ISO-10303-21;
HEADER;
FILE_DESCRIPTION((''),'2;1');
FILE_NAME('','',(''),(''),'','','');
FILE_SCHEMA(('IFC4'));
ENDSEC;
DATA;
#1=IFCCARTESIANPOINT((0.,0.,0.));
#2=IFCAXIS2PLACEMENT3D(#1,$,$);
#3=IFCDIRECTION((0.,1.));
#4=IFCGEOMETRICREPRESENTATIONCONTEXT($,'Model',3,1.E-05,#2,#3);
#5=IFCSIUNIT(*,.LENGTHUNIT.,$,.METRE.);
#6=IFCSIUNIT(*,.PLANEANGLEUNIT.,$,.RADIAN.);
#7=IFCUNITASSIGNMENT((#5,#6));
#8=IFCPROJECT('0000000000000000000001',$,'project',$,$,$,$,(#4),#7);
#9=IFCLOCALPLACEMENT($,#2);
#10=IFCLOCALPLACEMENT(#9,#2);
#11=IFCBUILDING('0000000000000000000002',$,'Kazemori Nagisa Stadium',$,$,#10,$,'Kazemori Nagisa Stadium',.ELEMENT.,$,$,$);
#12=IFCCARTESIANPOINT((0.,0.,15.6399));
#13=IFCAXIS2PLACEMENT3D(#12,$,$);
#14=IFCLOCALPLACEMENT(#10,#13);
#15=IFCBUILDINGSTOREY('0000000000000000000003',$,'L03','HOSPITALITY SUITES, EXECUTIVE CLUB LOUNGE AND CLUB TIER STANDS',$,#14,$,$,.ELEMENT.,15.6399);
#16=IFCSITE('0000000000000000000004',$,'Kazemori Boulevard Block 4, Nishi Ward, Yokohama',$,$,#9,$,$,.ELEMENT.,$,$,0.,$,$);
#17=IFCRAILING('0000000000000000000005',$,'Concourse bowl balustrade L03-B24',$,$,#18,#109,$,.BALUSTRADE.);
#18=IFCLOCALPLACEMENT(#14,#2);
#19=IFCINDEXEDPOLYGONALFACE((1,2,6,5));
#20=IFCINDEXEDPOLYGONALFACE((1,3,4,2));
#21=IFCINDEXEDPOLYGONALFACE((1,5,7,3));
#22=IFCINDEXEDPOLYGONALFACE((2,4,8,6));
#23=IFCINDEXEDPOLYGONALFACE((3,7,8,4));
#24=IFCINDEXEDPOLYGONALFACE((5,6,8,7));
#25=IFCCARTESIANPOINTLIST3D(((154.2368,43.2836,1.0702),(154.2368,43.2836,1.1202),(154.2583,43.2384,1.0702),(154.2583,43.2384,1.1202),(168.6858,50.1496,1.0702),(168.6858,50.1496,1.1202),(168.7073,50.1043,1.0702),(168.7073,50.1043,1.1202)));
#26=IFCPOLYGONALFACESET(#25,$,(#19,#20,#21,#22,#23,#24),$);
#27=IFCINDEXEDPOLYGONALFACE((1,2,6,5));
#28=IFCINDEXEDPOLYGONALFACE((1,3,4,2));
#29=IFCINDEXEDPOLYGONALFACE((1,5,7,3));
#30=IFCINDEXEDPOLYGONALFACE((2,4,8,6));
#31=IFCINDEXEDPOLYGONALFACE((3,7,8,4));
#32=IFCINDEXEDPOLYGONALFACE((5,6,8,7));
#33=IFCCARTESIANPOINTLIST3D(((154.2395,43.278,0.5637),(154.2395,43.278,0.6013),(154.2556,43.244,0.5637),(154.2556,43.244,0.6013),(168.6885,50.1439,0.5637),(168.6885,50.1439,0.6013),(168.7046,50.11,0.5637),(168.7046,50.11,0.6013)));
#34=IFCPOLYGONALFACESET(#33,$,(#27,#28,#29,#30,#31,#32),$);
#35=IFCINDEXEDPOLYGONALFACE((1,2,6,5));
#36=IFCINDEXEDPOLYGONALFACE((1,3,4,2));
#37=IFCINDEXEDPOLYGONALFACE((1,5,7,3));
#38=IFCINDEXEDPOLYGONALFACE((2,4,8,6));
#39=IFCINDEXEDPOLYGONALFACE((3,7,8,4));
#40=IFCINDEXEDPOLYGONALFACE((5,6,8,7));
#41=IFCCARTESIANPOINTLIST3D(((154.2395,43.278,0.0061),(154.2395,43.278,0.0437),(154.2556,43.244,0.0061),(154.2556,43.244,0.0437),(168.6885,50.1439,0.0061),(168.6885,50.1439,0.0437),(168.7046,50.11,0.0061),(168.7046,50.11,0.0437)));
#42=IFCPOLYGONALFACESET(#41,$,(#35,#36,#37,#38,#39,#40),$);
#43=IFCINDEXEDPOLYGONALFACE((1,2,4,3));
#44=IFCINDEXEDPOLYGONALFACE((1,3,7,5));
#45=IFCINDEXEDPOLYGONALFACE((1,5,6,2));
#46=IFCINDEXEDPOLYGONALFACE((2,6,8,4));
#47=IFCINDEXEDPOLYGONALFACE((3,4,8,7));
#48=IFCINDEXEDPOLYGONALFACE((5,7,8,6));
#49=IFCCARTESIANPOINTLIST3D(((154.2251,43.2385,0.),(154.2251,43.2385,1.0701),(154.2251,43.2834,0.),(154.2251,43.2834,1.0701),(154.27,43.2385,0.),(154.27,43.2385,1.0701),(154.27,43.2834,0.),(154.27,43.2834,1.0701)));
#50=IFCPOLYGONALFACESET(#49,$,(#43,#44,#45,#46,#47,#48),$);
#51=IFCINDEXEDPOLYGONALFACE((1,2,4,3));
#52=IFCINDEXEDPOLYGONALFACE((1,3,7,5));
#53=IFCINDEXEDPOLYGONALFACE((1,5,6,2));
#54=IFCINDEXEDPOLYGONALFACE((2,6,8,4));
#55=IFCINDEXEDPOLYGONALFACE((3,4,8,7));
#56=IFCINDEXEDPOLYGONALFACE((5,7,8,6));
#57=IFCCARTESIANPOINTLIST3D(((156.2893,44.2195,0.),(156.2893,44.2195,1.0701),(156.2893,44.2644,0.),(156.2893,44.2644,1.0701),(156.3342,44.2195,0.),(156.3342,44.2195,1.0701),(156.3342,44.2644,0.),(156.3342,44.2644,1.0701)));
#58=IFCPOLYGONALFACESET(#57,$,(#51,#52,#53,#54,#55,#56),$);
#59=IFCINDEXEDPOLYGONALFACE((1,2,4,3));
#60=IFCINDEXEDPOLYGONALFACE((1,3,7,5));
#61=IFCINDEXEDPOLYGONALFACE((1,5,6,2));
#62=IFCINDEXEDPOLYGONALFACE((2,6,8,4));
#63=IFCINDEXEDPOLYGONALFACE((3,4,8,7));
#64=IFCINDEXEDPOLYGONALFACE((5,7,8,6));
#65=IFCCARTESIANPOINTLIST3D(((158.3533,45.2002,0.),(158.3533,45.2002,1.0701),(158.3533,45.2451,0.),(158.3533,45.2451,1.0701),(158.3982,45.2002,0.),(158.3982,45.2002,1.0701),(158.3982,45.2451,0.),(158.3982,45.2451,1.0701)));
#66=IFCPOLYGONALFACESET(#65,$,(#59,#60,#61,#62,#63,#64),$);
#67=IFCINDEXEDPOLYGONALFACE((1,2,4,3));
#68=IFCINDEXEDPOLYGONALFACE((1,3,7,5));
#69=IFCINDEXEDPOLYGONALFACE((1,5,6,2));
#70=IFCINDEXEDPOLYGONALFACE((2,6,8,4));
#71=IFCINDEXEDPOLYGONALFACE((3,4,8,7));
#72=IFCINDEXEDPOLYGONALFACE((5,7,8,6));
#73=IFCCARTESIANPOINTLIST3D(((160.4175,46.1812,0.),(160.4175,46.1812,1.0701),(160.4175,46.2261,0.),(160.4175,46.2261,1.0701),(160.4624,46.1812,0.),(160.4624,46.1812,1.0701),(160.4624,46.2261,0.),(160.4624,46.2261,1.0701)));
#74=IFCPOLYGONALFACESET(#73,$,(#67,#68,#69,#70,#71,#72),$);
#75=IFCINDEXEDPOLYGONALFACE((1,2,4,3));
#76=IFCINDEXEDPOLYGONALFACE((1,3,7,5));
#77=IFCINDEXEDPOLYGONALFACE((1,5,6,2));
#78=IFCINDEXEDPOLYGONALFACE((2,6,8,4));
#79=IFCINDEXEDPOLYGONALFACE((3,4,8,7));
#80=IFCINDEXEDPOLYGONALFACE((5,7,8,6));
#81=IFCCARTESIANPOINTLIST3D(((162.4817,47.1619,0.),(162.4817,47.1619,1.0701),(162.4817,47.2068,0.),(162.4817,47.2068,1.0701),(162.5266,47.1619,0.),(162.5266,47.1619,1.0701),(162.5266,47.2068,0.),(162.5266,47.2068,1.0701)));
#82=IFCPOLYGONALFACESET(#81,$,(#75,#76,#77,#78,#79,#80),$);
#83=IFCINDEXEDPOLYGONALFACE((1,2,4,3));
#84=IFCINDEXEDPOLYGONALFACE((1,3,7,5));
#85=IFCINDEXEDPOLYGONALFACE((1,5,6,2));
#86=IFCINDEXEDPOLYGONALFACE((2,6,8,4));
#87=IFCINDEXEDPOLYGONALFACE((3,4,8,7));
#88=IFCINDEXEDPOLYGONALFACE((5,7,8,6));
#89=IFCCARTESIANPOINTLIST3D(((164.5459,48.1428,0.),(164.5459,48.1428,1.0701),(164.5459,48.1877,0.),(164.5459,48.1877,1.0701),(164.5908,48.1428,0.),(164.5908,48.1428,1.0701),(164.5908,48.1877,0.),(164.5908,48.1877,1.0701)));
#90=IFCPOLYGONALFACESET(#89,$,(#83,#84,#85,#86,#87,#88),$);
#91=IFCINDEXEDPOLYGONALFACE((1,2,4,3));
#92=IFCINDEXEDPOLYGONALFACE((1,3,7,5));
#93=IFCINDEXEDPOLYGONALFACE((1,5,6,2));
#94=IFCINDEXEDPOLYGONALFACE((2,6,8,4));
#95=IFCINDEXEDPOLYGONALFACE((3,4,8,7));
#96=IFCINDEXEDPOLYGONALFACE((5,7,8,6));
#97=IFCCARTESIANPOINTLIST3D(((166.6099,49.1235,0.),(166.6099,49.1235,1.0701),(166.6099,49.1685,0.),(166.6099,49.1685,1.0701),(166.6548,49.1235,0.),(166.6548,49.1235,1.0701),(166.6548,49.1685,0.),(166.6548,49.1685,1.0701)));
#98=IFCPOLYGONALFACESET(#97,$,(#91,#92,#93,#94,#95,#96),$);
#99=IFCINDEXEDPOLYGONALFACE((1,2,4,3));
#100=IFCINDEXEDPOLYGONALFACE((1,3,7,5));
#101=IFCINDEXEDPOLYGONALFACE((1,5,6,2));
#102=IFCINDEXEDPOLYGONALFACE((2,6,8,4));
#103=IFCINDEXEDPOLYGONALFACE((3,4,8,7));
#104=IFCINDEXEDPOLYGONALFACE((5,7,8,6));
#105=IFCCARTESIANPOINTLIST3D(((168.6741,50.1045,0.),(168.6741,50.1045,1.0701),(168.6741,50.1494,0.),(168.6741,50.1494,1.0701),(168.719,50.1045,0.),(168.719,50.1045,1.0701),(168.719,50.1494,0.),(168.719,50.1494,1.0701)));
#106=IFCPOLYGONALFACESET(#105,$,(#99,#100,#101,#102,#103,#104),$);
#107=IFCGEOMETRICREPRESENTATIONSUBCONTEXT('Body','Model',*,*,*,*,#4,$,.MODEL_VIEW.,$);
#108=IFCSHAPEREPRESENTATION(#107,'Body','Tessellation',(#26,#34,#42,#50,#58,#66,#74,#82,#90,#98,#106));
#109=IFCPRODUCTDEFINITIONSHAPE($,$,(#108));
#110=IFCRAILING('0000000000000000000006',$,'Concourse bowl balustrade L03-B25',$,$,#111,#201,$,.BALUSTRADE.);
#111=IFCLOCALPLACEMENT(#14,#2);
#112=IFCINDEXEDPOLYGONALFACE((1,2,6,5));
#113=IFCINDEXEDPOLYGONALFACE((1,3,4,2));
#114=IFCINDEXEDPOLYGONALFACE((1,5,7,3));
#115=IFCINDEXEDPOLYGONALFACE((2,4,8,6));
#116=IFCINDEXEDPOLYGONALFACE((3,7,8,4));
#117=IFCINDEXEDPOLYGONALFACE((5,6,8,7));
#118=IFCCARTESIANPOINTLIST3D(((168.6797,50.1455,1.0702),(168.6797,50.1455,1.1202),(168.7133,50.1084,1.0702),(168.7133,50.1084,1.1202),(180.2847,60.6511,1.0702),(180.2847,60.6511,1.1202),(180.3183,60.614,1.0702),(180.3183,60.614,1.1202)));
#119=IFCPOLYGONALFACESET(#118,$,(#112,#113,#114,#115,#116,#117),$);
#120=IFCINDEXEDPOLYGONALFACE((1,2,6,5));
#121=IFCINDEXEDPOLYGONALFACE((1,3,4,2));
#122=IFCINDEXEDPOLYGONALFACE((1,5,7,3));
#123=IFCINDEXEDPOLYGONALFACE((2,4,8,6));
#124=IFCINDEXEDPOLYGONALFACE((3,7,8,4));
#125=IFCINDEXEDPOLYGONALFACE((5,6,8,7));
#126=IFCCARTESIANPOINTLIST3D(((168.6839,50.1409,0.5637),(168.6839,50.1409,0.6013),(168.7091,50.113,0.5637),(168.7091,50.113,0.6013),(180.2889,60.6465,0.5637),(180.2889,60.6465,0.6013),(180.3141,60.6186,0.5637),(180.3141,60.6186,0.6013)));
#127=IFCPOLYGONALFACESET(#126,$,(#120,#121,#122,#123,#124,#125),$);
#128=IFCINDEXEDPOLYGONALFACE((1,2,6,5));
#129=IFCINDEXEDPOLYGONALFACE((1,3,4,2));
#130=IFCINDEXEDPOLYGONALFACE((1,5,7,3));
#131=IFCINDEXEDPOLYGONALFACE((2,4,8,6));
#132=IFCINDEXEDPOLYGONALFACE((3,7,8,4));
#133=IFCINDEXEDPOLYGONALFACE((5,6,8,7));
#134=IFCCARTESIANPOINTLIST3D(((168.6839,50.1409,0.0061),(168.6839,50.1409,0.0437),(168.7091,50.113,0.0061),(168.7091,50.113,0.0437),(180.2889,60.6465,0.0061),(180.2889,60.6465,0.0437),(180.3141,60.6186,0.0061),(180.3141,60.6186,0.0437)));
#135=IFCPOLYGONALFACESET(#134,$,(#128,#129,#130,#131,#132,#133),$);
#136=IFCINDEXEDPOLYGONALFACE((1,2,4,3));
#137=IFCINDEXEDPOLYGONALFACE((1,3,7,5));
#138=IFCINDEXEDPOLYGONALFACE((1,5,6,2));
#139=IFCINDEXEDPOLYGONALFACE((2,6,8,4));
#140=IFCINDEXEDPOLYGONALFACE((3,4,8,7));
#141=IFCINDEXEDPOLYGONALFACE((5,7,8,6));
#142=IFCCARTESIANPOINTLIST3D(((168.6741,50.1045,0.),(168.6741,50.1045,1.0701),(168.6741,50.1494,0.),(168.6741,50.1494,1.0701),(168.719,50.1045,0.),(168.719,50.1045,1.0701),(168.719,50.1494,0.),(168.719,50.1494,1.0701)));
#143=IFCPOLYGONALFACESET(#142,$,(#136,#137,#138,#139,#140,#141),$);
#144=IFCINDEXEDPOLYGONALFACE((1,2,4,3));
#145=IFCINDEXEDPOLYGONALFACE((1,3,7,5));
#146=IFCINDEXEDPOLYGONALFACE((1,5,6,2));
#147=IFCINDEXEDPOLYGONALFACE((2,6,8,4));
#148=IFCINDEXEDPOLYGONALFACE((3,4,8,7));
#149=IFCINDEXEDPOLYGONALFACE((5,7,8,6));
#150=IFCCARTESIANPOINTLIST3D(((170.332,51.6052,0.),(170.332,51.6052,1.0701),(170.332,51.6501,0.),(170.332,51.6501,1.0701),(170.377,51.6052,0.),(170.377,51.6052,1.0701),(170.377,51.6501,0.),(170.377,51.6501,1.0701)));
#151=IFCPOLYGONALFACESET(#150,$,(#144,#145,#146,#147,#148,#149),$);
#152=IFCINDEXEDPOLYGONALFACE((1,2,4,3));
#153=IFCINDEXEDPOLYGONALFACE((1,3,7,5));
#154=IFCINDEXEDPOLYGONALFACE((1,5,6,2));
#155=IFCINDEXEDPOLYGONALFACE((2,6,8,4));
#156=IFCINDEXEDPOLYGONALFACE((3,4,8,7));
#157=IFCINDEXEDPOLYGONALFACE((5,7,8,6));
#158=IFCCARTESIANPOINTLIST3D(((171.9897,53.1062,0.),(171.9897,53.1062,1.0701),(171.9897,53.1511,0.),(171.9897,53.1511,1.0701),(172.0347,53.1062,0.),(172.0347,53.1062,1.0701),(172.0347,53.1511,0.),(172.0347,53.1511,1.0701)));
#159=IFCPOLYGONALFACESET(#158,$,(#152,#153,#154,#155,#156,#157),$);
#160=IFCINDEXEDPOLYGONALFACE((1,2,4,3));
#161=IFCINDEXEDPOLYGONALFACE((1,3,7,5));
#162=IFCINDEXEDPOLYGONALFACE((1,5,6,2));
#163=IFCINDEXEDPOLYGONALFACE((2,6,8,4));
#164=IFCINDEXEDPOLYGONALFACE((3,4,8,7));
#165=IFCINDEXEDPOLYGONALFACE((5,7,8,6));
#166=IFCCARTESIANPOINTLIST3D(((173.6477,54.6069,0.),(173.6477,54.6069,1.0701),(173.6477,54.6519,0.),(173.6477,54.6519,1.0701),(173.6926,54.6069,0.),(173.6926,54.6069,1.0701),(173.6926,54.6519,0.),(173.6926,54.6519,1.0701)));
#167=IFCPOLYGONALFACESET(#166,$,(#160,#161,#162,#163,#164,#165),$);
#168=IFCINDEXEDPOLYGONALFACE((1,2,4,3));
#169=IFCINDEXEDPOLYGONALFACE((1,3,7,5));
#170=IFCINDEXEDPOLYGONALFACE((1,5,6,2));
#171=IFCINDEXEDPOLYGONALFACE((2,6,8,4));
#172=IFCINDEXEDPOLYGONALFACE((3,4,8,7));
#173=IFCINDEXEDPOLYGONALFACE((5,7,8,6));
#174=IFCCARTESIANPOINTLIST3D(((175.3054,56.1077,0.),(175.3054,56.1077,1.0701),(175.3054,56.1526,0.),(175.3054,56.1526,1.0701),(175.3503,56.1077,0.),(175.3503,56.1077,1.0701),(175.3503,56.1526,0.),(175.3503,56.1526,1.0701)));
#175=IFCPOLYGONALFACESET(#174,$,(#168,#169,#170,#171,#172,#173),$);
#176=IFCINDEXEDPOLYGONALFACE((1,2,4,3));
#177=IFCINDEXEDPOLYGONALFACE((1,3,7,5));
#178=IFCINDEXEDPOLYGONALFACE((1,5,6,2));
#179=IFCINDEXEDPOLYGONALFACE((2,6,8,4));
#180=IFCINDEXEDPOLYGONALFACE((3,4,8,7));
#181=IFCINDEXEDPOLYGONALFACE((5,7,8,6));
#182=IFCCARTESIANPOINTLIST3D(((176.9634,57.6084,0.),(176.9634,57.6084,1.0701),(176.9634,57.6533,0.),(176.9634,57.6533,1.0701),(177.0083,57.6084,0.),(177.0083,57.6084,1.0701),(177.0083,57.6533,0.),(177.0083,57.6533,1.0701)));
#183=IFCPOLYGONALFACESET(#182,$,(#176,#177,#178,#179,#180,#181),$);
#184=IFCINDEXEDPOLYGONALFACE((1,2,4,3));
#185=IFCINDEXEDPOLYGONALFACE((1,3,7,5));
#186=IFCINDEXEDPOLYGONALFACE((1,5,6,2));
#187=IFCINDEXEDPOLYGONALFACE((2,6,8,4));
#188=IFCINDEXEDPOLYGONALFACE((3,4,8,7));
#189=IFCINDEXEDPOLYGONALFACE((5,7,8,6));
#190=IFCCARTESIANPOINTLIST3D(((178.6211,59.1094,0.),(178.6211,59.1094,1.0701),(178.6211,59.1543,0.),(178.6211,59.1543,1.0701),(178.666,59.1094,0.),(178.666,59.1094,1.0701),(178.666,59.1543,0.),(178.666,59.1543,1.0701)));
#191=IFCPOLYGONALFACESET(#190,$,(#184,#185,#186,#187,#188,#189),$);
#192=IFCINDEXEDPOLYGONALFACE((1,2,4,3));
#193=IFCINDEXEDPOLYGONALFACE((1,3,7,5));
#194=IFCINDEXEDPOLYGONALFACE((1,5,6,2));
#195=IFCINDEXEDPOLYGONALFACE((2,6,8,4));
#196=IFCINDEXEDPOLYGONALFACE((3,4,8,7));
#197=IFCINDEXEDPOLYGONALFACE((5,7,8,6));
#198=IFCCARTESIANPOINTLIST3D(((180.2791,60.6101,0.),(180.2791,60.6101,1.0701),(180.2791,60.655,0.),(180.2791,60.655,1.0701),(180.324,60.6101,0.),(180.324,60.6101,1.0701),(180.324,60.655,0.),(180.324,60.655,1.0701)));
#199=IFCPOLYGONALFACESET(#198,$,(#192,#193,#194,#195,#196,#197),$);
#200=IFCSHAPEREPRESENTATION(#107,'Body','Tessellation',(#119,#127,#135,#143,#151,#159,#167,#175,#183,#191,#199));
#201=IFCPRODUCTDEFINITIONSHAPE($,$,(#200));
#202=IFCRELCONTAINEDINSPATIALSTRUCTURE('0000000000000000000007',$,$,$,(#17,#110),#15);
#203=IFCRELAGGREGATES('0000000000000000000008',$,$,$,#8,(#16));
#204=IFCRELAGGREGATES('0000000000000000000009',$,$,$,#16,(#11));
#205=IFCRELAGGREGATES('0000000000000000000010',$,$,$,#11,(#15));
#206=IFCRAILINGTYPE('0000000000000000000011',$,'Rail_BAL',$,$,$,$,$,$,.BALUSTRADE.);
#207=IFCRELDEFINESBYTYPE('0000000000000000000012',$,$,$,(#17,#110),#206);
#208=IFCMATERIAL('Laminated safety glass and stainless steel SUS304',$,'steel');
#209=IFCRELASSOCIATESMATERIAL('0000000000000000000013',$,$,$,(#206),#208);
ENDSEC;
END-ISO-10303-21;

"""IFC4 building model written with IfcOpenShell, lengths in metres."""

from ifc_helpers import new_model, si_unit, direction, frame, origin, origin_2d, place, context, subcontext, project, spatial, rectangle, extrude, material, type_object, element, save


model = new_model("IFC4")

# Units and contexts
model_context = context("Model", 3, precision=1e-05, world=origin(), true_north=direction((0.0, 1.0)))
body_context = subcontext(model_context, "Body", "Model", "MODEL_VIEW")
ifc_project = project(units=[si_unit("LENGTHUNIT", "METRE"), si_unit("PLANEANGLEUNIT", "RADIAN")], contexts=[model_context])

# Site, building, storey
site_placement = place(None, origin())
site = spatial("IfcSite", under=ifc_project, at=site_placement, Name="Kazemori Boulevard Block 4, Nishi Ward, Yokohama", CompositionType="ELEMENT", RefElevation=0.0)
building_placement = place(site_placement, origin())
building = spatial("IfcBuilding", under=site, at=building_placement, Name="Kazemori Nagisa Stadium", LongName="Kazemori Nagisa Stadium", CompositionType="ELEMENT")
storey_placement = place(building_placement, frame((0.0, 0.0, 15.6399)))
storey = spatial("IfcBuildingStorey", under=building, at=storey_placement, Name="L03", Description="HOSPITALITY SUITES, EXECUTIVE CLUB LOUNGE AND CLUB TIER STANDS", CompositionType="ELEMENT", Elevation=15.6399)

# Railings
ifc_material_1 = material(Name="Laminated safety glass and stainless steel SUS304", Category="steel")
railing_type = type_object("IfcRailingType", Name="Rail_BAL", PredefinedType="BALUSTRADE", material=ifc_material_1)
railing_1_placement = place(storey_placement, frame((154.2476, 43.261, 0.0)))
element("IfcRailing", 1, at=railing_1_placement, inside=storey, type_object=railing_type, Name="Concourse bowl balustrade L03-B24", PredefinedType="BALUSTRADE", context=body_context, shape_type="SweptSolid", body=[
    extrude(rectangle(XDim=0.05, YDim=0.05, at=origin_2d()), frame((0.0, 0.0, 1.0952), z_axis=(0.903212, 0.429195, 0.0), x_axis=(-0.429195, 0.903212, 0.0)), (0.0, 0.0, 1.0), 15.9973),
    extrude(rectangle(XDim=0.0376, YDim=0.0376, at=origin_2d()), frame((0.0, 0.0, 0.5825), z_axis=(0.903212, 0.429195, 0.0), x_axis=(-0.429195, 0.903212, 0.0)), (0.0, 0.0, 1.0), 15.9973),
    extrude(rectangle(XDim=0.0376, YDim=0.0376, at=origin_2d()), frame((0.0, 0.0, 0.0249), z_axis=(0.903212, 0.429195, 0.0), x_axis=(-0.429195, 0.903212, 0.0)), (0.0, 0.0, 1.0), 15.9973),
    extrude(rectangle(XDim=0.0449, YDim=0.0449, at=origin_2d()), origin(), (0.0, 0.0, 1.0), 1.0701),
    extrude(rectangle(XDim=0.0449, YDim=0.0449, at=origin_2d()), frame((2.0642, 0.981, 0.0)), (0.0, 0.0, 1.0), 1.0701),
    extrude(rectangle(XDim=0.0449, YDim=0.0449, at=origin_2d()), frame((4.1282, 1.9617, 0.0)), (0.0, 0.0, 1.0), 1.0701),
    extrude(rectangle(XDim=0.0449, YDim=0.0449, at=origin_2d()), frame((6.1924, 2.9426, 0.0)), (0.0, 0.0, 1.0), 1.0701),
    extrude(rectangle(XDim=0.0449, YDim=0.0449, at=origin_2d()), frame((8.2566, 3.9233, 0.0)), (0.0, 0.0, 1.0), 1.0701),
    extrude(rectangle(XDim=0.0449, YDim=0.0449, at=origin_2d()), frame((10.3208, 4.9043, 0.0)), (0.0, 0.0, 1.0), 1.0701),
    extrude(rectangle(XDim=0.0449, YDim=0.0449, at=origin_2d()), frame((12.3848, 5.885, 0.0)), (0.0, 0.0, 1.0), 1.0701),
    extrude(rectangle(XDim=0.0449, YDim=0.0449, at=origin_2d()), frame((14.449, 6.866, 0.0)), (0.0, 0.0, 1.0), 1.0701),
])
railing_2_placement = place(storey_placement, frame((168.6965, 50.127, 0.0)))
element("IfcRailing", 2, at=railing_2_placement, inside=storey, type_object=railing_type, Name="Concourse bowl balustrade L03-B25", PredefinedType="BALUSTRADE", context=body_context, shape_type="SweptSolid", body=[
    extrude(rectangle(XDim=0.05, YDim=0.05, at=origin_2d()), frame((0.0, 0.0, 1.0952), z_axis=(0.741349, 0.67112, 0.0), x_axis=(-0.67112, 0.741349, 0.0)), (0.0, 0.0, 1.0), 15.6538),
    extrude(rectangle(XDim=0.0376, YDim=0.0376, at=origin_2d()), frame((0.0, 0.0, 0.5825), z_axis=(0.741349, 0.67112, 0.0), x_axis=(-0.67112, 0.741349, 0.0)), (0.0, 0.0, 1.0), 15.6538),
    extrude(rectangle(XDim=0.0376, YDim=0.0376, at=origin_2d()), frame((0.0, 0.0, 0.0249), z_axis=(0.741349, 0.67112, 0.0), x_axis=(-0.67112, 0.741349, 0.0)), (0.0, 0.0, 1.0), 15.6538),
    extrude(rectangle(XDim=0.0449, YDim=0.0449, at=origin_2d()), origin(), (0.0, 0.0, 1.0), 1.0701),
    extrude(rectangle(XDim=0.0449, YDim=0.0449, at=origin_2d()), frame((1.658, 1.5007, 0.0)), (0.0, 0.0, 1.0), 1.0701),
    extrude(rectangle(XDim=0.0449, YDim=0.0449, at=origin_2d()), frame((3.3157, 3.0017, 0.0)), (0.0, 0.0, 1.0), 1.0701),
    extrude(rectangle(XDim=0.0449, YDim=0.0449, at=origin_2d()), frame((4.9736, 4.5024, 0.0)), (0.0, 0.0, 1.0), 1.0701),
    extrude(rectangle(XDim=0.0449, YDim=0.0449, at=origin_2d()), frame((6.6313, 6.0032, 0.0)), (0.0, 0.0, 1.0), 1.0701),
    extrude(rectangle(XDim=0.0449, YDim=0.0449, at=origin_2d()), frame((8.2893, 7.5039, 0.0)), (0.0, 0.0, 1.0), 1.0701),
    extrude(rectangle(XDim=0.0449, YDim=0.0449, at=origin_2d()), frame((9.947, 9.0049, 0.0)), (0.0, 0.0, 1.0), 1.0701),
    extrude(rectangle(XDim=0.0449, YDim=0.0449, at=origin_2d()), frame((11.605, 10.5056, 0.0)), (0.0, 0.0, 1.0), 1.0701),
])

save(model, "model.ifc")
